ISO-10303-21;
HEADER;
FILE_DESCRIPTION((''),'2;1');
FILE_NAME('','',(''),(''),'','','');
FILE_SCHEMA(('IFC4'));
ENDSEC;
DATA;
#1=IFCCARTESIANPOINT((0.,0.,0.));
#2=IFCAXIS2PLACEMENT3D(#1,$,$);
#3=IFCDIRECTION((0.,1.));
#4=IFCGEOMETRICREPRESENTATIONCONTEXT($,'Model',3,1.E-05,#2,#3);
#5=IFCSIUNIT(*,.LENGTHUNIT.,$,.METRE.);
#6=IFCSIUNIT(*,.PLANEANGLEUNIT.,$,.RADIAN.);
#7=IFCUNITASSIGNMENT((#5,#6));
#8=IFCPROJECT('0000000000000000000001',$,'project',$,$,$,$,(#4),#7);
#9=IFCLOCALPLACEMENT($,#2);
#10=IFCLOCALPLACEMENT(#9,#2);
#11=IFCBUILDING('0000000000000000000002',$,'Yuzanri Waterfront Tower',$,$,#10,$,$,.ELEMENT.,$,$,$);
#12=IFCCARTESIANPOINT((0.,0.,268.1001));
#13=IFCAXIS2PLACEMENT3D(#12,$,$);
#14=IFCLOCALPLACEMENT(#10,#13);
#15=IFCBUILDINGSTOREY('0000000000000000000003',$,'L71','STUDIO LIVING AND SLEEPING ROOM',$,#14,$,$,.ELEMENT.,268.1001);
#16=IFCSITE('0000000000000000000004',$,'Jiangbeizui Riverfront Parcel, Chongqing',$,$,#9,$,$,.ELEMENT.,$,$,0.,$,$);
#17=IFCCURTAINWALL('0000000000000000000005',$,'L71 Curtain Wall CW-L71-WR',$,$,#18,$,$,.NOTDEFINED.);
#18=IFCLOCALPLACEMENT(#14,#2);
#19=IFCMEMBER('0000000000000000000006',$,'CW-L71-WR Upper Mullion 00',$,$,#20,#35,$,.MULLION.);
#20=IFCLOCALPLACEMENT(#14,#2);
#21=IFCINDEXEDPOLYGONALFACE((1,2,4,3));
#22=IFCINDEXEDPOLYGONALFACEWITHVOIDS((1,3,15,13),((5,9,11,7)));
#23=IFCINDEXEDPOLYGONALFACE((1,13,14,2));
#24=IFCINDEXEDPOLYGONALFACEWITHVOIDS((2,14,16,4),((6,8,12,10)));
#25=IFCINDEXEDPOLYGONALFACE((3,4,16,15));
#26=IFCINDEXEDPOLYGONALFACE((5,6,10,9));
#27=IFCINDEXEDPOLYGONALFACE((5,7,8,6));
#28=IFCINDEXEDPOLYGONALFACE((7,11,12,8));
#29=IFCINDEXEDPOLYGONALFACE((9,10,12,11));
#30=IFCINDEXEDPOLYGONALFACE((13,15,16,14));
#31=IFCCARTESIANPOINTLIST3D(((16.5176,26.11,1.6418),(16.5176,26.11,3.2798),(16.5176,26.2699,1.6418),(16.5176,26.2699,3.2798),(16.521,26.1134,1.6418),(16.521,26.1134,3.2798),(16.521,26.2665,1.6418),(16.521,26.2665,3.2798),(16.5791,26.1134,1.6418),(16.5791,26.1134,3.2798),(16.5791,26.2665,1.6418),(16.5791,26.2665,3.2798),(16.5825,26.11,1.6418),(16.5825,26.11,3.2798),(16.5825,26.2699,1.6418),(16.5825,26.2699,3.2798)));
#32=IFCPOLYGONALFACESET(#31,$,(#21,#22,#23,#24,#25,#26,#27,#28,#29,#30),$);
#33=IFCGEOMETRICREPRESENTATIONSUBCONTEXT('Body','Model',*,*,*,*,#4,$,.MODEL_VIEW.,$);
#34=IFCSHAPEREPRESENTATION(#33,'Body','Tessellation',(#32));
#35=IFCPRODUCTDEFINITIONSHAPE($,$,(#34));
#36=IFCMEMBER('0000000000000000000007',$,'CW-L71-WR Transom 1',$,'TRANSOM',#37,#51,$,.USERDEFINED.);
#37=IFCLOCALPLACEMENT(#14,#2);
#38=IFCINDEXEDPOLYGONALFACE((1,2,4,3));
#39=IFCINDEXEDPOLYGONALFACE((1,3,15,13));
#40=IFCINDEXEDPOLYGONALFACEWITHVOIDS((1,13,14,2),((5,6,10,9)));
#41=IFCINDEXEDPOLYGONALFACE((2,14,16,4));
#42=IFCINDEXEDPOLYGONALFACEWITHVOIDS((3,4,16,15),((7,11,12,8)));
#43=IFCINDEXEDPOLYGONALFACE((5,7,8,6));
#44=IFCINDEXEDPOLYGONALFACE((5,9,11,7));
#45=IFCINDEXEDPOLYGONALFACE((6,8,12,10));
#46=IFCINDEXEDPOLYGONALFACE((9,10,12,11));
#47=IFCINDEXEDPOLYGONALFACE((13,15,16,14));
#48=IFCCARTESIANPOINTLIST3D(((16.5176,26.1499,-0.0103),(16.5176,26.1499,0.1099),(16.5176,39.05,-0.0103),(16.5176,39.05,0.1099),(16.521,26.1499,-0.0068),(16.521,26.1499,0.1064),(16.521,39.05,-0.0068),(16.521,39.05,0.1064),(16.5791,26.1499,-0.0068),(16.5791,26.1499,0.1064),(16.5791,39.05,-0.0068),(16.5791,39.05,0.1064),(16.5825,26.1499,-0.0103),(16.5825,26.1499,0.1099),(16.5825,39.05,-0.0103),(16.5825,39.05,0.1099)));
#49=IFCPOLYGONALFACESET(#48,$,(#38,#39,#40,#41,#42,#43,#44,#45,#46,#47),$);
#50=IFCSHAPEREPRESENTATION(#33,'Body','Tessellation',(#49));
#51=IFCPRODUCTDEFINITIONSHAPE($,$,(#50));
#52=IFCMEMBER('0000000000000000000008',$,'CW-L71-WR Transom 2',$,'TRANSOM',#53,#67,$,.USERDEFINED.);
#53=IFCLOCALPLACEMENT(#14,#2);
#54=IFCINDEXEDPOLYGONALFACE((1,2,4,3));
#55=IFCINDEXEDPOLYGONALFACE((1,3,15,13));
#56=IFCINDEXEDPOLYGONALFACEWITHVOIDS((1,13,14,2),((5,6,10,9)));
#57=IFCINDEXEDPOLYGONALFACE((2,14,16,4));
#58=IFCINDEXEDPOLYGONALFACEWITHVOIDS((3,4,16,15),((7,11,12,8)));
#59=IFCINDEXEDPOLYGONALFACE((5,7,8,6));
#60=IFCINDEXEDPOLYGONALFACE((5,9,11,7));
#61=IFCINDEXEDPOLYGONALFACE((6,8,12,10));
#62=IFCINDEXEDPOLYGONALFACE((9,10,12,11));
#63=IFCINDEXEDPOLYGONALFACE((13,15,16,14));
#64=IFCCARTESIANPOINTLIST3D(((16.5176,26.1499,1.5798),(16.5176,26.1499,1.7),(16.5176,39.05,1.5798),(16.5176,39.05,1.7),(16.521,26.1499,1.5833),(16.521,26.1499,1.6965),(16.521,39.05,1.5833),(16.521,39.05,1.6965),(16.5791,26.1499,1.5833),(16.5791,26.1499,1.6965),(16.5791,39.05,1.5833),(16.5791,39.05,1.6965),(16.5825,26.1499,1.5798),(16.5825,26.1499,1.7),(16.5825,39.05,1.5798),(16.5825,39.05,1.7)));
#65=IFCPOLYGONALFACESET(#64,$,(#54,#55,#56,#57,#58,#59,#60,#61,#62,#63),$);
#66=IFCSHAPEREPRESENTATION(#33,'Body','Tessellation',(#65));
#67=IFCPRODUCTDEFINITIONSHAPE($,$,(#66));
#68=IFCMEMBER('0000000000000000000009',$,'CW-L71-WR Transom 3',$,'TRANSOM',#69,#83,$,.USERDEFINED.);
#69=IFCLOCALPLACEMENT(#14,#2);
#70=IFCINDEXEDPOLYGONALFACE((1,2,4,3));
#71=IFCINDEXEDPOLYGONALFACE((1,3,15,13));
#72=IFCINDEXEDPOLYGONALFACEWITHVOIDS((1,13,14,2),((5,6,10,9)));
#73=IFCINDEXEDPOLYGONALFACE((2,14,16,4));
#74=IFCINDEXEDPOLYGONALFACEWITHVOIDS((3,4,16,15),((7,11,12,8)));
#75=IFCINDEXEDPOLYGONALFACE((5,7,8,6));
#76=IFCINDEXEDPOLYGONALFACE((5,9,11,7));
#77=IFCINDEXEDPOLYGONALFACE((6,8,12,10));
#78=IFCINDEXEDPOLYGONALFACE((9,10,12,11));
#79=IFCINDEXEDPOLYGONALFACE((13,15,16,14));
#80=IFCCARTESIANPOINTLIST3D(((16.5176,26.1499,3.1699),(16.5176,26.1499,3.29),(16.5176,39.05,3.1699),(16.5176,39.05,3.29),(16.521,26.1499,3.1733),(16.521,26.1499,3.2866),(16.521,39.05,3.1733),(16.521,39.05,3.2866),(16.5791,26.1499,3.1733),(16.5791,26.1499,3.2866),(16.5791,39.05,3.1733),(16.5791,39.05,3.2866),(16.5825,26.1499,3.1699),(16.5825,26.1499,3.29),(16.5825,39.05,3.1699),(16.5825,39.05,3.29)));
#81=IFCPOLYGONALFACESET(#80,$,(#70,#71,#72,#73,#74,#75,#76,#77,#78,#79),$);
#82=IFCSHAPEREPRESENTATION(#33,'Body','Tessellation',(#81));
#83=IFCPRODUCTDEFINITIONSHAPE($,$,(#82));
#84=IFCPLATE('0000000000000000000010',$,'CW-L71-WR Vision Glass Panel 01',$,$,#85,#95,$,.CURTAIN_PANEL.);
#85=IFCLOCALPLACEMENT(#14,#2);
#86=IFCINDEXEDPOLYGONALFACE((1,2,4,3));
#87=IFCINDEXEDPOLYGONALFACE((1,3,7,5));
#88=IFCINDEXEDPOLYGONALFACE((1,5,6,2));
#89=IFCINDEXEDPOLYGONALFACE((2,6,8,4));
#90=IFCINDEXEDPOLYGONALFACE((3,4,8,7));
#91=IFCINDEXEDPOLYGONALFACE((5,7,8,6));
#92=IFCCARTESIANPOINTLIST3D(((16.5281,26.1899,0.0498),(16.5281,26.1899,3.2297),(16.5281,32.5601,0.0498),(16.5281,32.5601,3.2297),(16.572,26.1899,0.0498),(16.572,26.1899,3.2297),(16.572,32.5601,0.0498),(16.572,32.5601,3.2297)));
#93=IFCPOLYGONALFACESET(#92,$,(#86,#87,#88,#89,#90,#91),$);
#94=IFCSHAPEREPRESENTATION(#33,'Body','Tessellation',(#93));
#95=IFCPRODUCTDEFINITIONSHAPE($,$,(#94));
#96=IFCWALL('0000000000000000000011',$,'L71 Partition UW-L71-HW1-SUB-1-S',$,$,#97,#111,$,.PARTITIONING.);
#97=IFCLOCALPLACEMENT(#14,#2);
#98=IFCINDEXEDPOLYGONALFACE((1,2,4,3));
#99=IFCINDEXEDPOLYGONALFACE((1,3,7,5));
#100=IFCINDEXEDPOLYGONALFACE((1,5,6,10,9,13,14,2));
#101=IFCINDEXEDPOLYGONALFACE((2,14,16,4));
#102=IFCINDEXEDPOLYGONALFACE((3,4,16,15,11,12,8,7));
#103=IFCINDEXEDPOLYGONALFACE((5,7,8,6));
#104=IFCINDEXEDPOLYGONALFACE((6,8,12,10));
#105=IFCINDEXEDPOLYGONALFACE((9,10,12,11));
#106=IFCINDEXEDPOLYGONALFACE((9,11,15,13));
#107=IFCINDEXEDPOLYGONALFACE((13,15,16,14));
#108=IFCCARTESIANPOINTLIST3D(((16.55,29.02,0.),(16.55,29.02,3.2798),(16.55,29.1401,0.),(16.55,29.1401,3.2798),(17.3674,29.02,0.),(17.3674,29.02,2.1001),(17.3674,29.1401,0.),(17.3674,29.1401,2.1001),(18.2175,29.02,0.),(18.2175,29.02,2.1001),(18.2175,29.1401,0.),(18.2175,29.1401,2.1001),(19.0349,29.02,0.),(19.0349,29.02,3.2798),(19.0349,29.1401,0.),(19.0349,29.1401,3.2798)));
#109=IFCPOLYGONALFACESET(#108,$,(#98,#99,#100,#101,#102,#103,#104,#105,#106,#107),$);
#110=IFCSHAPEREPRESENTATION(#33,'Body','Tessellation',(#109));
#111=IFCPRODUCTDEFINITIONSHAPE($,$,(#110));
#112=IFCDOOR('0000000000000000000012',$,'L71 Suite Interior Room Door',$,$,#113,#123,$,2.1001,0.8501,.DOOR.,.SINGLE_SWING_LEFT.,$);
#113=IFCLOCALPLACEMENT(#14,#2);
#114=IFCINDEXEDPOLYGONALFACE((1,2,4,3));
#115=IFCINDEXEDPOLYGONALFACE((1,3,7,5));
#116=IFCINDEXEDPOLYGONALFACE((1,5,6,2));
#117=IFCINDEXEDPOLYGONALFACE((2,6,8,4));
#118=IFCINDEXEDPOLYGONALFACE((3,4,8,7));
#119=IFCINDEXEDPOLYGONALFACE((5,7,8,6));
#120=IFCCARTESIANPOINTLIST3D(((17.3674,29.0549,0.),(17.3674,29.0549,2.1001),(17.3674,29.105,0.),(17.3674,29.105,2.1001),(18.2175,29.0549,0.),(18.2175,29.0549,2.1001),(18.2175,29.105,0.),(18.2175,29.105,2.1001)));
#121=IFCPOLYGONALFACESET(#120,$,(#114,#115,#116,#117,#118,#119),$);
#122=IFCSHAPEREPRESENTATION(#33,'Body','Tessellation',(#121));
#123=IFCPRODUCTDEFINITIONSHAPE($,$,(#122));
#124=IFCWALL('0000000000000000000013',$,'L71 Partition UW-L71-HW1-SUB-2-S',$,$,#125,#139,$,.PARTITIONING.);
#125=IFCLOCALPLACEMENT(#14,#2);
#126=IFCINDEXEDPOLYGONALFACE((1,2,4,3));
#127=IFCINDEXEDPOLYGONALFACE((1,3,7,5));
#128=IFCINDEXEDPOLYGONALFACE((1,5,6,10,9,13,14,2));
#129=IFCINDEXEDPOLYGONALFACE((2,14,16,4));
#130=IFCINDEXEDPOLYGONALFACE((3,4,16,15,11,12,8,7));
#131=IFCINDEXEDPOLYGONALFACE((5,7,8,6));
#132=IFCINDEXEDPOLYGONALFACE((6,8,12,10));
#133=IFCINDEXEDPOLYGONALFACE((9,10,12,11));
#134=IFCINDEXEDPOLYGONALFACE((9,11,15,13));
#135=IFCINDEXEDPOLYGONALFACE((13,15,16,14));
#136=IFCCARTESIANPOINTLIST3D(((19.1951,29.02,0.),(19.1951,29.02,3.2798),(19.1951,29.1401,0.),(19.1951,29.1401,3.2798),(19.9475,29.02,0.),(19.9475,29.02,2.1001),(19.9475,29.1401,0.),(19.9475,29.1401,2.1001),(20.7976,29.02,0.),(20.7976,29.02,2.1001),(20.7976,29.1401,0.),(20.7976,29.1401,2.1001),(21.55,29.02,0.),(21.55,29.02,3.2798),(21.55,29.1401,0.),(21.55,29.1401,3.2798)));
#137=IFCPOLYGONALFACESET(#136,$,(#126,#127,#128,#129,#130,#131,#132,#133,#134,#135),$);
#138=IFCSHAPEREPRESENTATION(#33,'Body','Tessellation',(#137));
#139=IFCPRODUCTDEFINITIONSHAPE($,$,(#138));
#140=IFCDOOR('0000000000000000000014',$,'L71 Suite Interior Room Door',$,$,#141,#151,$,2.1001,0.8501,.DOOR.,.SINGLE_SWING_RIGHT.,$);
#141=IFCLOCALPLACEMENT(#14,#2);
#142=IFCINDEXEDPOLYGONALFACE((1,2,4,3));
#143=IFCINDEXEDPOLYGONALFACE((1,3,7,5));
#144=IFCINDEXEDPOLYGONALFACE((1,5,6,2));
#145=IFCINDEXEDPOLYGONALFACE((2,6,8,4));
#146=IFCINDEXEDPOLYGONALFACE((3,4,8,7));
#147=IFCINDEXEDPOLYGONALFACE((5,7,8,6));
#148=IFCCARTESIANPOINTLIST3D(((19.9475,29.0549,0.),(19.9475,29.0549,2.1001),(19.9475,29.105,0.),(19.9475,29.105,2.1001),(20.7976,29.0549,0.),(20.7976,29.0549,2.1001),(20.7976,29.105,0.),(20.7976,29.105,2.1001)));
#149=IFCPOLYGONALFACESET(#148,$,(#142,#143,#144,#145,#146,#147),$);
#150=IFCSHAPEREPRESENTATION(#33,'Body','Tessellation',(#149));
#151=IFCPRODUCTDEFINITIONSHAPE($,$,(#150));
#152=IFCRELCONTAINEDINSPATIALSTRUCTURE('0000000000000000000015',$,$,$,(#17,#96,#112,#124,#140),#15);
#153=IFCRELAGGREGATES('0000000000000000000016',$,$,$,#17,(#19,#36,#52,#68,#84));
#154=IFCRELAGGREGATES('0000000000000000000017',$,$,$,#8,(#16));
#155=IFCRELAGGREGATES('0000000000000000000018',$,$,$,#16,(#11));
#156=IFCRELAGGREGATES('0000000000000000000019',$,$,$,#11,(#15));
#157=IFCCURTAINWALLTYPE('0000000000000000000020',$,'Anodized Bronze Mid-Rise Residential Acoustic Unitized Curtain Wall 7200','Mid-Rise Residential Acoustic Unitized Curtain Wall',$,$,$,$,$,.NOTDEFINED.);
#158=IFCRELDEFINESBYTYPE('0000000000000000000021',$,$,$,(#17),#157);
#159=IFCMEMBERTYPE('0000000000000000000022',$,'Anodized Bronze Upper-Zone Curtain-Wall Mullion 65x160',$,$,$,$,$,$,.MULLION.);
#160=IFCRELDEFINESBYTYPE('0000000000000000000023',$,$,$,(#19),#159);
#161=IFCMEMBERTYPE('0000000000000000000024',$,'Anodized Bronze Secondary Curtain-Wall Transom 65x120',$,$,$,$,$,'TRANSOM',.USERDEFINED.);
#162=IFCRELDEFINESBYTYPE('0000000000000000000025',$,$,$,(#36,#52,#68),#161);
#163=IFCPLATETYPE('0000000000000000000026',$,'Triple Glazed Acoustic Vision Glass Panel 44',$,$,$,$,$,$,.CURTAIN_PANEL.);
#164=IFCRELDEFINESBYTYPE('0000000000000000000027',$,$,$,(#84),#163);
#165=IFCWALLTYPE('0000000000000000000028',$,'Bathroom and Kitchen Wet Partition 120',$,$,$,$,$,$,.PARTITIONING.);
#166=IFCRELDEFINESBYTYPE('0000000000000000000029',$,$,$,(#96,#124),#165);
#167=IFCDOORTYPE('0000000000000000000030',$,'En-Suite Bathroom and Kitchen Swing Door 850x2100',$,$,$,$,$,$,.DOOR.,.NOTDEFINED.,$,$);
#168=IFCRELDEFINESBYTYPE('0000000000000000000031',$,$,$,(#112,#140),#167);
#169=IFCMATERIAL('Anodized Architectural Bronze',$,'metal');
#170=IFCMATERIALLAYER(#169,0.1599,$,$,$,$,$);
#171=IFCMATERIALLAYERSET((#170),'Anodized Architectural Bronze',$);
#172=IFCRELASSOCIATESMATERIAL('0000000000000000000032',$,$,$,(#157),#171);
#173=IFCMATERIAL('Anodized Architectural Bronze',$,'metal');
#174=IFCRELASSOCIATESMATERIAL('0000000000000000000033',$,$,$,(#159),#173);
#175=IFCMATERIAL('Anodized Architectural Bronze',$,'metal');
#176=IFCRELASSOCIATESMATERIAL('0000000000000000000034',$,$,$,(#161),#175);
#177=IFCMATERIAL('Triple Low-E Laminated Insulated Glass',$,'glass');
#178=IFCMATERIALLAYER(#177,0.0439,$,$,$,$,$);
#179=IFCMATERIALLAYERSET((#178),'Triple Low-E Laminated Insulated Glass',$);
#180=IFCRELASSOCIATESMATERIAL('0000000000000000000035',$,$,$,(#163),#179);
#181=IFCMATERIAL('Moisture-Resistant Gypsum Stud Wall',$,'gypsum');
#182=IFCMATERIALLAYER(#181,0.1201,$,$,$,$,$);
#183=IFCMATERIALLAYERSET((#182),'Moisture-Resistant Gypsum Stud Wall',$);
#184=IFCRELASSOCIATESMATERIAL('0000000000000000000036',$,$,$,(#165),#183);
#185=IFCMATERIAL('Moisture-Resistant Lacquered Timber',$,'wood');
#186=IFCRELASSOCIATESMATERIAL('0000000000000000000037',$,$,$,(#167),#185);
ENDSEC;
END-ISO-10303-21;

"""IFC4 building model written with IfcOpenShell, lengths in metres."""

from ifc_helpers import new_model, si_unit, direction, frame, frame_2d, origin, origin_2d, place, context, subcontext, project, spatial, rectangle, hollow_rectangle, extrude, source, transform, mapped, material, layer, layer_set, material_profile, profile_set, type_object, element, fill, aggregate, save


model = new_model("IFC4")

# Units and contexts
model_context = context("Model", 3, precision=1e-05, world=origin(), true_north=direction((0.0, 1.0)))
body_context = subcontext(model_context, "Body", "Model", "MODEL_VIEW")
ifc_project = project(units=[si_unit("LENGTHUNIT", "METRE"), si_unit("PLANEANGLEUNIT", "RADIAN")], contexts=[model_context])

# Site, building, storey
site_placement = place(None, origin())
site = spatial("IfcSite", under=ifc_project, at=site_placement, Name="Jiangbeizui Riverfront Parcel, Chongqing", CompositionType="ELEMENT", RefElevation=0.0)
building_placement = place(site_placement, origin())
building = spatial("IfcBuilding", under=site, at=building_placement, Name="Yuzanri Waterfront Tower", CompositionType="ELEMENT")
storey_placement = place(building_placement, frame((0.0, 0.0, 268.1001)))
storey = spatial("IfcBuildingStorey", under=building, at=storey_placement, Name="L71", Description="STUDIO LIVING AND SLEEPING ROOM", CompositionType="ELEMENT", Elevation=268.1001)

# Shared definitions
ifc_material_1 = material(Name="Anodized Architectural Bronze", Category="metal")
ifc_layer_1 = layer(ifc_material_1, 0.1599)
ifc_layer_set_1 = layer_set([ifc_layer_1], Name="Anodized Architectural Bronze")
curtain_wall_type = type_object("IfcCurtainWallType", Name="Anodized Bronze Mid-Rise Residential Acoustic Unitized Curtain Wall 7200", Description="Mid-Rise Residential Acoustic Unitized Curtain Wall", PredefinedType="NOTDEFINED", material=ifc_layer_set_1)
ifc_material_2 = material(Name="Anodized Architectural Bronze", Category="metal")
ifc_material_profile_1 = material_profile(ifc_material_2, hollow_rectangle(XDim=0.0649, YDim=0.1599, WallThickness=0.0034, at=origin_2d()), Name="CWM 65x160")
ifc_profile_set_1 = profile_set([ifc_material_profile_1], Name="Anodized Architectural Bronze")
member_type_1 = type_object("IfcMemberType", Name="Anodized Bronze Upper-Zone Curtain-Wall Mullion 65x160", PredefinedType="MULLION", material=ifc_profile_set_1)
shared_shape_1 = source(origin(), body_context, "Body", "SweptSolid", [
    extrude(hollow_rectangle(XDim=0.0649, YDim=0.1599, WallThickness=0.0034, at=origin_2d()), origin(), (0.0, 0.0, 1.0), 1.6379),
])

# Curtain wall, members, plate
curtain_wall_1_placement = place(storey_placement, origin())
curtain_wall_1 = element("IfcCurtainWall", 1, at=curtain_wall_1_placement, inside=storey, type_object=curtain_wall_type, Name="L71 Curtain Wall CW-L71-WR", PredefinedType="NOTDEFINED")
member_1_placement = place(storey_placement, frame((16.55, 26.1899, 1.6418), z_axis=(0.0, 0.0, 1.0), x_axis=(1.0, 0.0, 0.0)))
member_1 = element("IfcMember", 2, at=member_1_placement, type_object=member_type_1, Name="CW-L71-WR Upper Mullion 00", PredefinedType="MULLION", context=body_context, shape_type="MappedRepresentation", body=[
    mapped(shared_shape_1, transform((0.0, 0.0, 0.0), scale=1.0)),
])
ifc_material_3 = material(Name="Anodized Architectural Bronze", Category="metal")
ifc_material_profile_2 = material_profile(ifc_material_3, hollow_rectangle(XDim=0.0649, YDim=0.1201, WallThickness=0.0034, at=origin_2d()), Name="CWT 65x120")
ifc_profile_set_2 = profile_set([ifc_material_profile_2], Name="Anodized Architectural Bronze")
member_type_2 = type_object("IfcMemberType", Name="Anodized Bronze Secondary Curtain-Wall Transom 65x120", ElementType="TRANSOM", PredefinedType="USERDEFINED", material=ifc_profile_set_2)
shared_shape_2 = source(origin(), body_context, "Body", "SweptSolid", [
    extrude(hollow_rectangle(XDim=0.0649, YDim=0.1201, WallThickness=0.0034, at=origin_2d()), origin(), (0.0, 0.0, 1.0), 12.9001),
])
member_2_placement = place(storey_placement, frame((16.55, 26.1499, 0.0498), z_axis=(0.0, 1.0, 0.0), x_axis=(-1.0, 0.0, 0.0)))
member_2 = element("IfcMember", 3, at=member_2_placement, type_object=member_type_2, Name="CW-L71-WR Transom 1", ObjectType="TRANSOM", PredefinedType="USERDEFINED", context=body_context, shape_type="MappedRepresentation", body=[
    mapped(shared_shape_2, transform((0.0, 0.0, 0.0), scale=1.0)),
])
member_3_placement = place(storey_placement, frame((16.55, 26.1499, 1.6399), z_axis=(0.0, 1.0, 0.0), x_axis=(-1.0, 0.0, 0.0)))
member_3 = element("IfcMember", 4, at=member_3_placement, type_object=member_type_2, Name="CW-L71-WR Transom 2", ObjectType="TRANSOM", PredefinedType="USERDEFINED", context=body_context, shape_type="MappedRepresentation", body=[
    mapped(shared_shape_2, transform((0.0, 0.0, 0.0), scale=1.0)),
])
member_4_placement = place(storey_placement, frame((16.55, 26.1499, 3.23), z_axis=(0.0, 1.0, 0.0), x_axis=(-1.0, 0.0, 0.0)))
member_4 = element("IfcMember", 5, at=member_4_placement, type_object=member_type_2, Name="CW-L71-WR Transom 3", ObjectType="TRANSOM", PredefinedType="USERDEFINED", context=body_context, shape_type="MappedRepresentation", body=[
    mapped(shared_shape_2, transform((0.0, 0.0, 0.0), scale=1.0)),
])
ifc_material_4 = material(Name="Triple Low-E Laminated Insulated Glass", Category="glass")
ifc_layer_2 = layer(ifc_material_4, 0.0439)
ifc_layer_set_2 = layer_set([ifc_layer_2], Name="Triple Low-E Laminated Insulated Glass")
plate_type = type_object("IfcPlateType", Name="Triple Glazed Acoustic Vision Glass Panel 44", PredefinedType="CURTAIN_PANEL", material=ifc_layer_set_2)
shared_shape_3 = source(origin(), body_context, "Body", "SweptSolid", [
    extrude(rectangle(XDim=6.3701, YDim=0.0439, at=origin_2d()), origin(), (0.0, 0.0, 1.0), 3.1799),
])
plate_placement = place(storey_placement, frame((16.55, 29.375, 0.0498), z_axis=(0.0, 0.0, 1.0), x_axis=(0.0, 1.0, 0.0)))
plate = element("IfcPlate", 6, at=plate_placement, type_object=plate_type, Name="CW-L71-WR Vision Glass Panel 01", PredefinedType="CURTAIN_PANEL", context=body_context, shape_type="MappedRepresentation", body=[
    mapped(shared_shape_3, transform((0.0, 0.0, 0.0), scale=1.0)),
])
aggregate(curtain_wall_1, [member_1, member_2, member_3, member_4, plate])

# Walls, openings, doors
ifc_material_5 = material(Name="Moisture-Resistant Gypsum Stud Wall", Category="gypsum")
ifc_layer_3 = layer(ifc_material_5, 0.1201)
ifc_layer_set_3 = layer_set([ifc_layer_3], Name="Moisture-Resistant Gypsum Stud Wall")
wall_type_1 = type_object("IfcWallType", Name="Bathroom and Kitchen Wet Partition 120", PredefinedType="PARTITIONING", material=ifc_layer_set_3)
wall_1_placement = place(storey_placement, frame((16.55, 29.0801, 0.0), z_axis=(0.0, 0.0, 1.0), x_axis=(1.0, 0.0, 0.0)))
wall_1 = element("IfcWall", 7, at=wall_1_placement, inside=storey, type_object=wall_type_1, Name="L71 Partition UW-L71-HW1-SUB-1-S", PredefinedType="PARTITIONING", context=body_context, shape_type="SweptSolid", body=[
    extrude(rectangle(XDim=2.4849, YDim=0.1201, at=frame_2d((1.2424, 0.0))), origin(), (0.0, 0.0, 1.0), 3.2798),
])
opening_1_placement = place(wall_1_placement, frame((0.8174, 0.0, 0.0)))
opening_1 = element("IfcOpeningElement", 8, at=opening_1_placement, cuts=wall_1, PredefinedType="OPENING", context=body_context, shape_type="SweptSolid", body=[
    extrude(rectangle(XDim=0.8501, YDim=2.1001, at=frame_2d((0.425, 1.05))), frame((0.0, 0.075, 0.0), z_axis=(0.0, -1.0, 0.0), x_axis=(1.0, 0.0, 0.0)), (0.0, 0.0, 1.0), 0.1499),
])
ifc_material_6 = material(Name="Moisture-Resistant Lacquered Timber", Category="wood")
door_type_1 = type_object("IfcDoorType", Name="En-Suite Bathroom and Kitchen Swing Door 850x2100", OperationType="NOTDEFINED", PredefinedType="DOOR", material=ifc_material_6)
shared_shape_4 = source(origin(), body_context, "Body", "SweptSolid", [
    extrude(rectangle(XDim=0.8501, YDim=2.1001, at=frame_2d((0.425, 1.05))), frame((0.0, 0.0249, 0.0), z_axis=(0.0, -1.0, 0.0), x_axis=(1.0, 0.0, 0.0)), (0.0, 0.0, 1.0), 0.05),
])
door_1_placement = place(opening_1_placement, origin())
door_1 = element("IfcDoor", 9, at=door_1_placement, inside=storey, type_object=door_type_1, Name="L71 Suite Interior Room Door", OperationType="SINGLE_SWING_LEFT", OverallHeight=2.1001, OverallWidth=0.8501, PredefinedType="DOOR", context=body_context, shape_type="MappedRepresentation", body=[
    mapped(shared_shape_4, transform((0.0, 0.0, 0.0), scale=1.0)),
])
fill(opening_1, door_1)
wall_2_placement = place(storey_placement, frame((19.1951, 29.0801, 0.0), z_axis=(0.0, 0.0, 1.0), x_axis=(1.0, 0.0, 0.0)))
wall_2 = element("IfcWall", 10, at=wall_2_placement, inside=storey, type_object=wall_type_1, Name="L71 Partition UW-L71-HW1-SUB-2-S", PredefinedType="PARTITIONING", context=body_context, shape_type="SweptSolid", body=[
    extrude(rectangle(XDim=2.355, YDim=0.1201, at=frame_2d((1.1775, 0.0))), origin(), (0.0, 0.0, 1.0), 3.2798),
])
opening_2_placement = place(wall_2_placement, frame((0.7524, 0.0, 0.0)))
opening_2 = element("IfcOpeningElement", 11, at=opening_2_placement, cuts=wall_2, PredefinedType="OPENING", context=body_context, shape_type="SweptSolid", body=[
    extrude(rectangle(XDim=0.8501, YDim=2.1001, at=frame_2d((0.425, 1.05))), frame((0.0, 0.075, 0.0), z_axis=(0.0, -1.0, 0.0), x_axis=(1.0, 0.0, 0.0)), (0.0, 0.0, 1.0), 0.1499),
])
door_2_placement = place(opening_2_placement, origin())
door_2 = element("IfcDoor", 12, at=door_2_placement, inside=storey, type_object=door_type_1, Name="L71 Suite Interior Room Door", OperationType="SINGLE_SWING_RIGHT", OverallHeight=2.1001, OverallWidth=0.8501, PredefinedType="DOOR", context=body_context, shape_type="MappedRepresentation", body=[
    mapped(shared_shape_4, transform((0.0, 0.0, 0.0), scale=1.0)),
])
fill(opening_2, door_2)

save(model, "model.ifc")
